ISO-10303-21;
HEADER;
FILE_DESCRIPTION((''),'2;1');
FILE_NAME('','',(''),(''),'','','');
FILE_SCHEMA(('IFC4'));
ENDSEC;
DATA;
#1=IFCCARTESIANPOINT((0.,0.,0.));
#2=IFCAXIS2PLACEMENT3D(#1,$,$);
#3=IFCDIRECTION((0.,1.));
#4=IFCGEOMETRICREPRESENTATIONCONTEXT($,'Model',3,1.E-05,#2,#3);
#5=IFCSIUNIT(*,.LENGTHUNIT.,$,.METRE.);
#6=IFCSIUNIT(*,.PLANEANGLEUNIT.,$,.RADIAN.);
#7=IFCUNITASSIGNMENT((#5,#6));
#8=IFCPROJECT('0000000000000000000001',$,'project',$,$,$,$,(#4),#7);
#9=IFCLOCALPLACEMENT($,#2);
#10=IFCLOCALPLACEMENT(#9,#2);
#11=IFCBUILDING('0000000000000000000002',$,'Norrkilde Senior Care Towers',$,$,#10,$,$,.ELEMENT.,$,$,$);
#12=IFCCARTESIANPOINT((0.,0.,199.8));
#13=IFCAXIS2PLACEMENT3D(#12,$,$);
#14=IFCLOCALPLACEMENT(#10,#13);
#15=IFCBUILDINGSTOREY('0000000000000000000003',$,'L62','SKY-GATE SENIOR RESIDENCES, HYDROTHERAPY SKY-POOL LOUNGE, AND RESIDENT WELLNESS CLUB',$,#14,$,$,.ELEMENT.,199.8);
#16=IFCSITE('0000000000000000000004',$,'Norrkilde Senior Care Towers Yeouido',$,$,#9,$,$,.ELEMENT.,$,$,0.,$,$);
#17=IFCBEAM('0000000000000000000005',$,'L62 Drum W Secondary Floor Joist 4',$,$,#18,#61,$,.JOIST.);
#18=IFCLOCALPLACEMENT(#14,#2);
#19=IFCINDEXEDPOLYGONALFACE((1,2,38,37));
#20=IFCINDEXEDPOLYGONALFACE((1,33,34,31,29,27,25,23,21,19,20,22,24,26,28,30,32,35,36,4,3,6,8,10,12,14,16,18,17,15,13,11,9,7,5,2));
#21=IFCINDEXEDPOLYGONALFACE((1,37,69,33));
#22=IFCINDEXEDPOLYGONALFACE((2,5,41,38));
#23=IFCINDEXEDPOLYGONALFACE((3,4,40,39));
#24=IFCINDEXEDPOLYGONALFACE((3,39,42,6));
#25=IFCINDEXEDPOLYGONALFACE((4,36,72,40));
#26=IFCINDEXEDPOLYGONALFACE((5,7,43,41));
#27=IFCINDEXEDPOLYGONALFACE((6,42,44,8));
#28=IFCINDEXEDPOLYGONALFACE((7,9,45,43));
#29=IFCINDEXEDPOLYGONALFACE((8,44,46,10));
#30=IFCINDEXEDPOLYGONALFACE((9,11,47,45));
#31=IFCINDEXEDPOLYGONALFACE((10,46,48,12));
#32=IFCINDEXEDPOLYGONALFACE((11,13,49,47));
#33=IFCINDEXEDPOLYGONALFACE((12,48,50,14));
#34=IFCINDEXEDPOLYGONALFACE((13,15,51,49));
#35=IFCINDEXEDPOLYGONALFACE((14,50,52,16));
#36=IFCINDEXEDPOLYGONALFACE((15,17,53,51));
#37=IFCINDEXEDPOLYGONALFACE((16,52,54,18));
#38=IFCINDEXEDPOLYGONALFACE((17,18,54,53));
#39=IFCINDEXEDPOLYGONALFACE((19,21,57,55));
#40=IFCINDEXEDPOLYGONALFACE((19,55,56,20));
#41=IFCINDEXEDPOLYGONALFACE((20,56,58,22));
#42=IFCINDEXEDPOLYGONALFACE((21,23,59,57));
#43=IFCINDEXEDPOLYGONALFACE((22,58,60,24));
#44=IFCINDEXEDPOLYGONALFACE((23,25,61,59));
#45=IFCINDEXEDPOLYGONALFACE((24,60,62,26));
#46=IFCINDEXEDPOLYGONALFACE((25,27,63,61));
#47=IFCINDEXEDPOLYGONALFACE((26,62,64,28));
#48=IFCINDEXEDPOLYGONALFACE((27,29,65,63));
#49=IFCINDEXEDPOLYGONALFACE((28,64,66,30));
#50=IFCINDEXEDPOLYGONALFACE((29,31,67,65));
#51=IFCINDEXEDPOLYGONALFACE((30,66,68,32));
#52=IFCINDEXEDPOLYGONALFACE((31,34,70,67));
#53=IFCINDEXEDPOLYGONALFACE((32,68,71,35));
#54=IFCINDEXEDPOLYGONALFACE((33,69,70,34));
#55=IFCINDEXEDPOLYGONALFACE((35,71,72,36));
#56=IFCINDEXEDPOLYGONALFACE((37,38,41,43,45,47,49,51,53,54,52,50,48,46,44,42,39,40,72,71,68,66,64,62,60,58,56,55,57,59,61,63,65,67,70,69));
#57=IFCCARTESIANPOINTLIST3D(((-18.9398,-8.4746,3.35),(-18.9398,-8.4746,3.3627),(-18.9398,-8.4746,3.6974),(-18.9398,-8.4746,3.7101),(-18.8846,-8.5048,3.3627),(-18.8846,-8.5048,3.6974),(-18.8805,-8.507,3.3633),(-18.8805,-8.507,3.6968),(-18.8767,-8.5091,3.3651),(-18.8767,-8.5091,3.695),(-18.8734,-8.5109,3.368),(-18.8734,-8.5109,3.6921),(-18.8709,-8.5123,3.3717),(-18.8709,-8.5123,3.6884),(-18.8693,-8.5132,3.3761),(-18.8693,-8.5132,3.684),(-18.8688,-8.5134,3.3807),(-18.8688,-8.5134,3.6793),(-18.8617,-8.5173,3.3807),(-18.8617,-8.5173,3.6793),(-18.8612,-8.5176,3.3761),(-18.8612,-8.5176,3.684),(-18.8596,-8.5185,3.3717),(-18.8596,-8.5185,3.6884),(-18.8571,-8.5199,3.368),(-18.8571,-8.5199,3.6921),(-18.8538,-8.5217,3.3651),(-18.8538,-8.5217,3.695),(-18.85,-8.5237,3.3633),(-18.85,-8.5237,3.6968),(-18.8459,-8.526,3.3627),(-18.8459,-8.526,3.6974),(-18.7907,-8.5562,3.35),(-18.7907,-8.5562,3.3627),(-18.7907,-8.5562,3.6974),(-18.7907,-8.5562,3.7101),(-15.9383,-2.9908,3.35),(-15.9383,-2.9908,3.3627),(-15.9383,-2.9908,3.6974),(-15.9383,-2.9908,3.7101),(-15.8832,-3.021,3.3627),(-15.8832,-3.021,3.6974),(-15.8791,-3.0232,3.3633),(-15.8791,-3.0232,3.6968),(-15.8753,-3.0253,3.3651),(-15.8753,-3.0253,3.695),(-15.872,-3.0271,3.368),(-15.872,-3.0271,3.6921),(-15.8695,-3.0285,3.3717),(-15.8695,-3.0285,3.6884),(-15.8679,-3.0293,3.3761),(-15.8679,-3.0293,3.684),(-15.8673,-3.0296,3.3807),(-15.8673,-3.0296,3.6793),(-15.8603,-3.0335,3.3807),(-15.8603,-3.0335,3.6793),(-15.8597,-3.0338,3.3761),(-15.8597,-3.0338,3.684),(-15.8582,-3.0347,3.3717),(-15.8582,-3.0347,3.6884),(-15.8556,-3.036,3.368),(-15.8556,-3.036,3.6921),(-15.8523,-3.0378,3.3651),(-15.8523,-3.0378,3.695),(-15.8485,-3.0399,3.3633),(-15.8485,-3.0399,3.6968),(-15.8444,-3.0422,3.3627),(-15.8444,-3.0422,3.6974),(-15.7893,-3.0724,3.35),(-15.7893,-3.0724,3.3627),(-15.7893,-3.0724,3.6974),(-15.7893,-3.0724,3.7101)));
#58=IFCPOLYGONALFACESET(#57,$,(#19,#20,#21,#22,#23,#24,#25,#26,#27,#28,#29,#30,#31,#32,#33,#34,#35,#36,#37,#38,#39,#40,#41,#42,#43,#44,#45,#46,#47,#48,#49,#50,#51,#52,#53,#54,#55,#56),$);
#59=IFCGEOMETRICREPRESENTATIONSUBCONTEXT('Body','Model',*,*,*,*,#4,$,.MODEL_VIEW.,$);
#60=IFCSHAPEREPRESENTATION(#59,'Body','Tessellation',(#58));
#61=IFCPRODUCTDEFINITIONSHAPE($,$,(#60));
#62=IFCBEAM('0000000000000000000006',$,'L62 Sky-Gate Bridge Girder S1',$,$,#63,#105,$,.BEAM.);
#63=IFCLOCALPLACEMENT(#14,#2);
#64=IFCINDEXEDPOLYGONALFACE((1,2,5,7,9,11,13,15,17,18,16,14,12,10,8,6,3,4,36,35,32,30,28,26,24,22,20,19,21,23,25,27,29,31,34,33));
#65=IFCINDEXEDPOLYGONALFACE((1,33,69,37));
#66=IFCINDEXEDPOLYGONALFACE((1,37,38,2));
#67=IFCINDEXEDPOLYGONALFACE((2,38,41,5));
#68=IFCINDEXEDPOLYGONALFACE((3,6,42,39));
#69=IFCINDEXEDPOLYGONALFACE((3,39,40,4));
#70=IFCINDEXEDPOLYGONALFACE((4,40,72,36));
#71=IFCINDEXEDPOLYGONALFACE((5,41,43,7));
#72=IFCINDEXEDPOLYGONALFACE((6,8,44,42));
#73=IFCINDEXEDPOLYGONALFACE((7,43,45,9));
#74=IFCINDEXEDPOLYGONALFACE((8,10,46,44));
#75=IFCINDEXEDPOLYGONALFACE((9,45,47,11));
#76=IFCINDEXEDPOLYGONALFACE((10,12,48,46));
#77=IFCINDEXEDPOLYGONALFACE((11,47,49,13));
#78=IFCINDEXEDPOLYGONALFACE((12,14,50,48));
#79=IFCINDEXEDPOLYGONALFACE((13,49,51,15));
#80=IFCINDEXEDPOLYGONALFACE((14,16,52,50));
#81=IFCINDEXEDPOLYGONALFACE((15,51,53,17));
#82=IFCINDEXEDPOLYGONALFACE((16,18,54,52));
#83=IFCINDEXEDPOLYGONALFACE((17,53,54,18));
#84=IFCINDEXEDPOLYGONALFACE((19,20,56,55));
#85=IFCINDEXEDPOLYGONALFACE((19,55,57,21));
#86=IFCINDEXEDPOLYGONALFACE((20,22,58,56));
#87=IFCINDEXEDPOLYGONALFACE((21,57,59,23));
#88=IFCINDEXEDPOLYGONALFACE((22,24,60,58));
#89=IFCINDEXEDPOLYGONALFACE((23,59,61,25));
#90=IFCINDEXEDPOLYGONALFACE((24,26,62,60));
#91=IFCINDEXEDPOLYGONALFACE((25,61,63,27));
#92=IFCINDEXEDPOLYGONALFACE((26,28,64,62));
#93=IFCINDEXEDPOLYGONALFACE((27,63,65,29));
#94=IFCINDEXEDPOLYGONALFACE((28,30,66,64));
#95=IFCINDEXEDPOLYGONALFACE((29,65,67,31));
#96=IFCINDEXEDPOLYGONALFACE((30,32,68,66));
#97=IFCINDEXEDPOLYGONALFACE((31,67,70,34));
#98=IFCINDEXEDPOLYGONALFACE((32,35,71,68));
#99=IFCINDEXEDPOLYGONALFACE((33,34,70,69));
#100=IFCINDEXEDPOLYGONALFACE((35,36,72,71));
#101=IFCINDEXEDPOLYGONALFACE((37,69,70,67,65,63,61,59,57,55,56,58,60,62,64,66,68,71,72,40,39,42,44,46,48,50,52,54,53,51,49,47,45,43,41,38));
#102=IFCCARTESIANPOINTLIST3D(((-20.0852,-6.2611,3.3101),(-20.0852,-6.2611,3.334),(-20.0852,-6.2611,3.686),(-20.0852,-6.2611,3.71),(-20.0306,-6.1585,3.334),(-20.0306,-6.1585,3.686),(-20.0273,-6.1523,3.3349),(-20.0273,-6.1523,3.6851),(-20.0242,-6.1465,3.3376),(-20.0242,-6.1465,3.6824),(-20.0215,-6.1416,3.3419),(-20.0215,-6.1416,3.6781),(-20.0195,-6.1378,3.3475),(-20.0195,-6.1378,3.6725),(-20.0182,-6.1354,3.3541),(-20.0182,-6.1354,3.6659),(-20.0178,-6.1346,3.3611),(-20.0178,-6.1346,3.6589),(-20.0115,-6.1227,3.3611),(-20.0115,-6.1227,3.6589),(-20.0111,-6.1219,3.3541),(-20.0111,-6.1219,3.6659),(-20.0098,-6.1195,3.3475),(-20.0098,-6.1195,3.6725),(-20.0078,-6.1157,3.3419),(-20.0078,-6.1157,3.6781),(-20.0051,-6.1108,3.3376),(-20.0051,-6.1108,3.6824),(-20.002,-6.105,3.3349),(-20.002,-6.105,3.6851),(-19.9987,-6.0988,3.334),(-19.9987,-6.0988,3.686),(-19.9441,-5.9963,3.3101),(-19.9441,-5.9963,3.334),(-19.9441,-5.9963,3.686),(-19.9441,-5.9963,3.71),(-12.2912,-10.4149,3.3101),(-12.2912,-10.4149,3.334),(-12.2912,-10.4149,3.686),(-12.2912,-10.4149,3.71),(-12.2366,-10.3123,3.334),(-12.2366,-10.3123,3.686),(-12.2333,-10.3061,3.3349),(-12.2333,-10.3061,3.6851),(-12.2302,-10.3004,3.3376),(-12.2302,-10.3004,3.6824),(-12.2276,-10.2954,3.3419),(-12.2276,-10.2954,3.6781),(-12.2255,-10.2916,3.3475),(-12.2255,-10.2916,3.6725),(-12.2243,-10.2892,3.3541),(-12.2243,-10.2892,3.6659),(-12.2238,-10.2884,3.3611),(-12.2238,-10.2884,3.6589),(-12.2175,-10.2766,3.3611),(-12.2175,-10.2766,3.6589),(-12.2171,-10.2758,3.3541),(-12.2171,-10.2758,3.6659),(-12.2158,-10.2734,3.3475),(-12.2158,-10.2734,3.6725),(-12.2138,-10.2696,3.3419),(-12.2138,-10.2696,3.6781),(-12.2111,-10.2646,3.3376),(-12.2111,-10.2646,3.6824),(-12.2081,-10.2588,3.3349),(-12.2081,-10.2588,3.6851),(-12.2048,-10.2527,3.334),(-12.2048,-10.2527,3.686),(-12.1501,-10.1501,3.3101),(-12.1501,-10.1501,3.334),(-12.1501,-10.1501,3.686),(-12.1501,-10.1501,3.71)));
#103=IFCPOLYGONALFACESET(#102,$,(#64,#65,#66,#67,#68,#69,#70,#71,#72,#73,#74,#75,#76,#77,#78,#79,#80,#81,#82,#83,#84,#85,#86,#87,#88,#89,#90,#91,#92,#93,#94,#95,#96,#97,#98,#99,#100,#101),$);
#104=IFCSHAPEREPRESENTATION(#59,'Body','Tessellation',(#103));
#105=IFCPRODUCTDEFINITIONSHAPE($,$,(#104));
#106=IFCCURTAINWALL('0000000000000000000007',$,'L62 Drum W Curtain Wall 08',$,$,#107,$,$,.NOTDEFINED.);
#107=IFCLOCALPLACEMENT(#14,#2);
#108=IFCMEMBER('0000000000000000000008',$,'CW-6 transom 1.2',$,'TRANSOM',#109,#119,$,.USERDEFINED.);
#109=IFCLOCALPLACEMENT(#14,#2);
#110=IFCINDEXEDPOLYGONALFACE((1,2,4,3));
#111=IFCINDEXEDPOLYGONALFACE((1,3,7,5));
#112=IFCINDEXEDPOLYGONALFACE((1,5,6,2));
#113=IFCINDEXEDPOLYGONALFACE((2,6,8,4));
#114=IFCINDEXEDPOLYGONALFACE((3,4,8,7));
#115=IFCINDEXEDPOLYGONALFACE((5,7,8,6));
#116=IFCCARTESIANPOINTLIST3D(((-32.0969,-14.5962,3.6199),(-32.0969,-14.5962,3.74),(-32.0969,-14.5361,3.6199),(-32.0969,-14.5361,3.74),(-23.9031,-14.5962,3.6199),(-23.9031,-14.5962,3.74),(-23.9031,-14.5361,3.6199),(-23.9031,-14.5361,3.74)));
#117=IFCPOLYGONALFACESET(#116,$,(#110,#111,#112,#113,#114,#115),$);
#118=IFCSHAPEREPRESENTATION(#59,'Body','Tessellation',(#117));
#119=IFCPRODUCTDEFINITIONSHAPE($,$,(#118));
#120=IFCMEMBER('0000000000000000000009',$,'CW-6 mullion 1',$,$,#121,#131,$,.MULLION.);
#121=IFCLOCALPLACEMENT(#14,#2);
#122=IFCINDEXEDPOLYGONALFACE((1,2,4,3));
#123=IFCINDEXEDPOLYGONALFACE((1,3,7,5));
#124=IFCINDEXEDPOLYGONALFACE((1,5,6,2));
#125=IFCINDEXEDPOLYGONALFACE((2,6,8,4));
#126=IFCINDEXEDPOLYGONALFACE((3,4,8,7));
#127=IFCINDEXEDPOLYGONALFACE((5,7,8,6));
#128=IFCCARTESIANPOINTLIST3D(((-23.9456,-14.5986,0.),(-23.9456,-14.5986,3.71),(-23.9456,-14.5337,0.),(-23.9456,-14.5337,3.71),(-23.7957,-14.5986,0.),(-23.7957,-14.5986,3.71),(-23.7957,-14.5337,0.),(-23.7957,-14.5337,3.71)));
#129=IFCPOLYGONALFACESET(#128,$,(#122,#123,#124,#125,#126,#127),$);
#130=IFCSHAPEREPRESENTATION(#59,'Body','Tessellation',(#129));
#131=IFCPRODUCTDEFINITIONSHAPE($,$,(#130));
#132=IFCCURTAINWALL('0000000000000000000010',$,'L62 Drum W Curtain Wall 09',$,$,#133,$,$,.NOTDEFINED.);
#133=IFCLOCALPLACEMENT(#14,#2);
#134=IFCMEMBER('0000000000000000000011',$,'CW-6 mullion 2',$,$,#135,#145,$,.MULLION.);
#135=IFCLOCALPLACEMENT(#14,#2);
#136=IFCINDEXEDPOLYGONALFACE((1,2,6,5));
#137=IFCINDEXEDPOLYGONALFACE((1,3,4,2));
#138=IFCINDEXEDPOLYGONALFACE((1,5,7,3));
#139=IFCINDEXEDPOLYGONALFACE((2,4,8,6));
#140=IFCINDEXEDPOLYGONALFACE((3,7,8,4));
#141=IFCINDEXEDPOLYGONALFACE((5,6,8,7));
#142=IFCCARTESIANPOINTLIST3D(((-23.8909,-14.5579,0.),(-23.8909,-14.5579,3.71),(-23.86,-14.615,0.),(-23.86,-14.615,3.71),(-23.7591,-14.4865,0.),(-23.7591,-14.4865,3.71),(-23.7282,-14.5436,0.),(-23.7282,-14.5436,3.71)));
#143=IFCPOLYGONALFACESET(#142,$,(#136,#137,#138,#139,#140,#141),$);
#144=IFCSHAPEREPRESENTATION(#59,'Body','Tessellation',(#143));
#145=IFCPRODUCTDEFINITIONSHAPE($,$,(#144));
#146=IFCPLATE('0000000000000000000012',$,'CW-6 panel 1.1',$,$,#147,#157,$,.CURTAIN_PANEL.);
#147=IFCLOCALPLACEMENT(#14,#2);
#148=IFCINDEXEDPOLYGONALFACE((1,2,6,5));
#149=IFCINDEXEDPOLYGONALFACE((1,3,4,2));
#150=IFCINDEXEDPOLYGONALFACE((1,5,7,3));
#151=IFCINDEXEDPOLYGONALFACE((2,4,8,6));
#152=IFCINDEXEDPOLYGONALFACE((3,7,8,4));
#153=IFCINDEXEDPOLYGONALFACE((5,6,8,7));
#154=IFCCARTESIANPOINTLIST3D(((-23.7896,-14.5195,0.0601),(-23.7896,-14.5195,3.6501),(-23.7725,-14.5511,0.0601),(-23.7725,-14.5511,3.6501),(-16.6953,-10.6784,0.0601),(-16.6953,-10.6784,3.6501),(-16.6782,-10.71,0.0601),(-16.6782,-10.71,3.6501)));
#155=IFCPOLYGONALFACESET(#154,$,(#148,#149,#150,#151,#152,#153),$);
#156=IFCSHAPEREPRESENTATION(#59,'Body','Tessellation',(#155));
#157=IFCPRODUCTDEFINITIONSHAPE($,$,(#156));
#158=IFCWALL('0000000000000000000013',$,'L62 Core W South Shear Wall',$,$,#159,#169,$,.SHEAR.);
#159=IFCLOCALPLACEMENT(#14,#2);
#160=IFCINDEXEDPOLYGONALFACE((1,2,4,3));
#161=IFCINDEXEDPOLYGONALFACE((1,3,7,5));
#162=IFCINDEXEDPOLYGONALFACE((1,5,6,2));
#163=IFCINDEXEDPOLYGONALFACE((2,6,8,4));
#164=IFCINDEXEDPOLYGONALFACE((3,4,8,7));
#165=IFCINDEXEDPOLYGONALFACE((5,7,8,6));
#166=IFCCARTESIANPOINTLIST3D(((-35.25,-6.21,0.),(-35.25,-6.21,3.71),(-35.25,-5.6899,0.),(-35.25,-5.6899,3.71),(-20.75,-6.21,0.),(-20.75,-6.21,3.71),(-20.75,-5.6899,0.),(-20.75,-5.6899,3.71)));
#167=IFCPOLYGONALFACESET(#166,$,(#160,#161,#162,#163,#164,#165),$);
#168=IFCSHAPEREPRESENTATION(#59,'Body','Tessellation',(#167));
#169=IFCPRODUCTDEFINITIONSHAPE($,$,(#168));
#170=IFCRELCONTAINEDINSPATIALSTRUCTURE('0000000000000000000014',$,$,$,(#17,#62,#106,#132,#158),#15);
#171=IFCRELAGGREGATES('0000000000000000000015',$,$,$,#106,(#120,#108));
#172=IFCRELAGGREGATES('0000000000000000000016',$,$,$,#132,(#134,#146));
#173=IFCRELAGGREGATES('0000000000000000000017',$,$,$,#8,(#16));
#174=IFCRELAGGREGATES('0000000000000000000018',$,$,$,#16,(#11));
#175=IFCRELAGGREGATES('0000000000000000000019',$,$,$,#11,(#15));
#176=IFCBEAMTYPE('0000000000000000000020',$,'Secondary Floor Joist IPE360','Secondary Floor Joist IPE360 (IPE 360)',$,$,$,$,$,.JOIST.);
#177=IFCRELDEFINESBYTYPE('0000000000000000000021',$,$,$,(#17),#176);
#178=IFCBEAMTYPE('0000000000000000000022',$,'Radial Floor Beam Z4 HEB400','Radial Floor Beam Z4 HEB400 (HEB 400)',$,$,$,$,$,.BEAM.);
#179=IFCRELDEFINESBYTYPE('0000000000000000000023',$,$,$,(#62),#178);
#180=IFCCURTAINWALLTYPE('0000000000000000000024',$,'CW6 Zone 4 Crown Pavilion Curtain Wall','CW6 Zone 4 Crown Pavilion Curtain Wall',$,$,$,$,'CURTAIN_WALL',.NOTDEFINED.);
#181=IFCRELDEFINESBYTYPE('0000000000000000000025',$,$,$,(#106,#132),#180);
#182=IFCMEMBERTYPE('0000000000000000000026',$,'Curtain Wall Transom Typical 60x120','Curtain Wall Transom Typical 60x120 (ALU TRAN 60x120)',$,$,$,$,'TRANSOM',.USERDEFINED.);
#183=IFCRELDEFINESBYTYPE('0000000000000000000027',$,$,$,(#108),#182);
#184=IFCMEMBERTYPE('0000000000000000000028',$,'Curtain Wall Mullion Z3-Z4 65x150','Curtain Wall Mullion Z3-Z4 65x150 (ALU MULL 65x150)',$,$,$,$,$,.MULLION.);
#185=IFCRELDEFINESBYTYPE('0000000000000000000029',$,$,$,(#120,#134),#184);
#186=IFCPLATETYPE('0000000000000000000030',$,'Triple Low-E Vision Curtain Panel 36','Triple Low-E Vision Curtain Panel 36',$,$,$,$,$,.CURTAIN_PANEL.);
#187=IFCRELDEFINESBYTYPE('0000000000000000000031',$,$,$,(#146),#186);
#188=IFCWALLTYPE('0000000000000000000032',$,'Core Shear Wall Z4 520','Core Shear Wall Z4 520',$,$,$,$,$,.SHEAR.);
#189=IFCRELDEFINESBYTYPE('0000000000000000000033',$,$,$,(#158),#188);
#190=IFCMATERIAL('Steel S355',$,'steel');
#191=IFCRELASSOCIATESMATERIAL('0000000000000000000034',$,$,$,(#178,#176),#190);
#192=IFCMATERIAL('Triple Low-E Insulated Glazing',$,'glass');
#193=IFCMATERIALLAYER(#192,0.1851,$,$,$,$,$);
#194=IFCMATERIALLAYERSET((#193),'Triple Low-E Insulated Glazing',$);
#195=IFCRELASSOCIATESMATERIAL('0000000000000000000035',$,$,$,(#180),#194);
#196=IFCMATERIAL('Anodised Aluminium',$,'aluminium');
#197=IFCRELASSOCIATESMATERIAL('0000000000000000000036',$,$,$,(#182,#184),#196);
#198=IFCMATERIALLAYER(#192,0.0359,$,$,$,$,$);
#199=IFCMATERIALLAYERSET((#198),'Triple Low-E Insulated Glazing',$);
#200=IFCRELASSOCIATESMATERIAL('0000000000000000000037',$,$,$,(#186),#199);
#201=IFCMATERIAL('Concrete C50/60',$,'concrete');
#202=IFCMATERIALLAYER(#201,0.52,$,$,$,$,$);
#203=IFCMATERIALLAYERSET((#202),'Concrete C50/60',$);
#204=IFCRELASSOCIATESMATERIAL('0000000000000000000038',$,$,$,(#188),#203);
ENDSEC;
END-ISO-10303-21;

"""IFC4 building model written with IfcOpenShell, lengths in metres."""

from ifc_helpers import new_model, si_unit, direction, frame, frame_2d, origin, origin_2d, place, context, subcontext, project, spatial, rectangle, i_section, extrude, source, transform, mapped, material, layer, layer_set, material_profile, profile_set, type_object, type_shapes, element, aggregate, save


model = new_model("IFC4")

# Units and contexts
model_context = context("Model", 3, precision=1e-05, world=origin(), true_north=direction((0.0, 1.0)))
body_context = subcontext(model_context, "Body", "Model", "MODEL_VIEW")
ifc_project = project(units=[si_unit("LENGTHUNIT", "METRE"), si_unit("PLANEANGLEUNIT", "RADIAN")], contexts=[model_context])

# Site, building, storey
site_placement = place(None, origin())
site = spatial("IfcSite", under=ifc_project, at=site_placement, Name="Norrkilde Senior Care Towers Yeouido", CompositionType="ELEMENT", RefElevation=0.0)
building_placement = place(site_placement, origin())
building = spatial("IfcBuilding", under=site, at=building_placement, Name="Norrkilde Senior Care Towers", CompositionType="ELEMENT")
storey_placement = place(building_placement, frame((0.0, 0.0, 199.8)))
storey = spatial("IfcBuildingStorey", under=building, at=storey_placement, Name="L62", Description="SKY-GATE SENIOR RESIDENCES, HYDROTHERAPY SKY-POOL LOUNGE, AND RESIDENT WELLNESS CLUB", CompositionType="ELEMENT", Elevation=199.8)

# Beams
ifc_material_1 = material(Name="Steel S355", Category="steel")
ifc_material_profile_1 = material_profile(ifc_material_1, i_section(OverallWidth=0.3, OverallDepth=0.3999, WebThickness=0.0134, FlangeThickness=0.0239, FilletRadius=0.0271, at=origin_2d()), Name="HEB 400")
ifc_profile_set_1 = profile_set([ifc_material_profile_1], Name="Steel S355")
beam_type_1 = type_object("IfcBeamType", Name="Radial Floor Beam Z4 HEB400", Description="Radial Floor Beam Z4 HEB400 (HEB 400)", PredefinedType="BEAM", material=ifc_profile_set_1)
ifc_material_profile_2 = material_profile(ifc_material_1, i_section(OverallWidth=0.1699, OverallDepth=0.3601, WebThickness=0.0081, FlangeThickness=0.0127, FilletRadius=0.0181, at=origin_2d()), Name="IPE 360")
ifc_profile_set_2 = profile_set([ifc_material_profile_2], Name="Steel S355")
beam_type_2 = type_object("IfcBeamType", Name="Secondary Floor Joist IPE360", Description="Secondary Floor Joist IPE360 (IPE 360)", PredefinedType="JOIST", material=ifc_profile_set_2)
shared_shape_1 = source(origin(), body_context, "Body", "SweptSolid", [
    extrude(i_section(OverallWidth=0.1699, OverallDepth=0.3601, WebThickness=0.0081, FlangeThickness=0.0127, FilletRadius=0.0181, at=origin_2d()), origin(), (0.0, 0.0, 1.0), 6.2515),
])
type_shapes(beam_type_2, [shared_shape_1])
beam_1_placement = place(storey_placement, frame((-18.8652, -8.5154, 3.53), z_axis=(0.480116, 0.877205, 0.0), x_axis=(-0.877205, 0.480116, 0.0)))
element("IfcBeam", 1, at=beam_1_placement, inside=storey, type_object=beam_type_2, Name="L62 Drum W Secondary Floor Joist 4", PredefinedType="JOIST", context=body_context, shape_type="MappedRepresentation", body=[
    mapped(shared_shape_1, transform((0.0, 0.0, 0.0), x_axis=(1.0, 0.0, 0.0), y_axis=(0.0, 1.0, 0.0), z_axis=(0.0, 0.0, 1.0), scale=1.0)),
])
shared_shape_2 = source(origin(), body_context, "Body", "SweptSolid", [
    extrude(i_section(OverallWidth=0.3, OverallDepth=0.3999, WebThickness=0.0134, FlangeThickness=0.0239, FilletRadius=0.0271, at=origin_2d()), origin(), (0.0, 0.0, 1.0), 8.8318),
])
beam_2_placement = place(storey_placement, frame((-20.0146, -6.1287, 3.51), z_axis=(0.882492, -0.470327, 0.0), x_axis=(0.470327, 0.882492, 0.0)))
element("IfcBeam", 2, at=beam_2_placement, inside=storey, type_object=beam_type_1, Name="L62 Sky-Gate Bridge Girder S1", PredefinedType="BEAM", context=body_context, shape_type="MappedRepresentation", body=[
    mapped(shared_shape_2, transform((0.0, 0.0, 0.0), x_axis=(1.0, 0.0, 0.0), y_axis=(0.0, 1.0, 0.0), z_axis=(0.0, 0.0, 1.0), scale=1.0)),
])

# Curtain wall, members
ifc_material_2 = material(Name="Triple Low-E Insulated Glazing", Category="glass")
ifc_layer_1 = layer(ifc_material_2, 0.1851)
ifc_layer_set_1 = layer_set([ifc_layer_1], Name="Triple Low-E Insulated Glazing")
curtain_wall_type = type_object("IfcCurtainWallType", Name="CW6 Zone 4 Crown Pavilion Curtain Wall", Description="CW6 Zone 4 Crown Pavilion Curtain Wall", ElementType="CURTAIN_WALL", PredefinedType="NOTDEFINED", material=ifc_layer_set_1)
curtain_wall_1_placement = place(storey_placement, origin())
curtain_wall_1 = element("IfcCurtainWall", 3, at=curtain_wall_1_placement, inside=storey, type_object=curtain_wall_type, Name="L62 Drum W Curtain Wall 08", PredefinedType="NOTDEFINED")
ifc_material_3 = material(Name="Anodised Aluminium", Category="aluminium")
ifc_material_profile_3 = material_profile(ifc_material_3, rectangle(XDim=0.0601, YDim=0.1201, at=origin_2d()), Name="ALU TRAN 60x120")
ifc_profile_set_3 = profile_set([ifc_material_profile_3], Name="Anodised Aluminium")
member_type_1 = type_object("IfcMemberType", Name="Curtain Wall Transom Typical 60x120", Description="Curtain Wall Transom Typical 60x120 (ALU TRAN 60x120)", ElementType="TRANSOM", PredefinedType="USERDEFINED", material=ifc_profile_set_3)
shared_shape_3 = source(origin(), body_context, "Body", "SweptSolid", [
    extrude(rectangle(XDim=0.0601, YDim=0.1201, at=origin_2d()), origin(), (0.0, 0.0, 1.0), 8.1938),
])
type_shapes(member_type_1, [shared_shape_3])
member_1_placement = place(storey_placement, frame((-23.9031, -14.5662, 3.6799), z_axis=(-1.0, 0.0, 0.0), x_axis=(0.0, -1.0, 0.0)))
member_1 = element("IfcMember", 4, at=member_1_placement, type_object=member_type_1, Name="CW-6 transom 1.2", ObjectType="TRANSOM", PredefinedType="USERDEFINED", context=body_context, shape_type="MappedRepresentation", body=[
    mapped(shared_shape_3, transform((0.0, 0.0, 0.0), x_axis=(1.0, 0.0, 0.0), y_axis=(0.0, 1.0, 0.0), z_axis=(0.0, 0.0, 1.0), scale=1.0)),
])
ifc_material_profile_4 = material_profile(ifc_material_3, rectangle(XDim=0.0649, YDim=0.1499, at=origin_2d()), Name="ALU MULL 65x150")
ifc_profile_set_4 = profile_set([ifc_material_profile_4], Name="Anodised Aluminium")
member_type_2 = type_object("IfcMemberType", Name="Curtain Wall Mullion Z3-Z4 65x150", Description="Curtain Wall Mullion Z3-Z4 65x150 (ALU MULL 65x150)", PredefinedType="MULLION", material=ifc_profile_set_4)
shared_shape_4 = source(origin(), body_context, "Body", "SweptSolid", [
    extrude(rectangle(XDim=0.0649, YDim=0.1499, at=origin_2d()), origin(), (0.0, 0.0, 1.0), 3.71),
])
type_shapes(member_type_2, [shared_shape_4])
member_2_placement = place(storey_placement, frame((-23.8706, -14.5662, 0.0), z_axis=(0.0, 0.0, 1.0), x_axis=(0.0, -1.0, 0.0)))
member_2 = element("IfcMember", 5, at=member_2_placement, type_object=member_type_2, Name="CW-6 mullion 1", PredefinedType="MULLION", context=body_context, shape_type="MappedRepresentation", body=[
    mapped(shared_shape_4, transform((0.0, 0.0, 0.0), x_axis=(1.0, 0.0, 0.0), y_axis=(0.0, 1.0, 0.0), z_axis=(0.0, 0.0, 1.0), scale=1.0)),
])
aggregate(curtain_wall_1, [member_2, member_1])

# Curtain wall, member, plate
curtain_wall_2_placement = place(storey_placement, origin())
curtain_wall_2 = element("IfcCurtainWall", 6, at=curtain_wall_2_placement, inside=storey, type_object=curtain_wall_type, Name="L62 Drum W Curtain Wall 09", PredefinedType="NOTDEFINED")
member_3_placement = place(storey_placement, frame((-23.8096, -14.5508, 0.0), z_axis=(0.0, 0.0, 1.0), x_axis=(0.476133, -0.879373, 0.0)))
member_3 = element("IfcMember", 7, at=member_3_placement, type_object=member_type_2, Name="CW-6 mullion 2", PredefinedType="MULLION", context=body_context, shape_type="MappedRepresentation", body=[
    mapped(shared_shape_4, transform((0.0, 0.0, 0.0), x_axis=(1.0, 0.0, 0.0), y_axis=(0.0, 1.0, 0.0), z_axis=(0.0, 0.0, 1.0), scale=1.0)),
])
ifc_layer_2 = layer(ifc_material_2, 0.0359)
ifc_layer_set_2 = layer_set([ifc_layer_2], Name="Triple Low-E Insulated Glazing")
plate_type = type_object("IfcPlateType", Name="Triple Low-E Vision Curtain Panel 36", Description="Triple Low-E Vision Curtain Panel 36", PredefinedType="CURTAIN_PANEL", material=ifc_layer_set_2)
shared_shape_5 = source(origin(), body_context, "Body", "SweptSolid", [
    extrude(rectangle(XDim=8.0674, YDim=0.0359, at=origin_2d()), origin(), (0.0, 0.0, 1.0), 3.5901),
])
type_shapes(plate_type, [shared_shape_5])
plate_placement = place(storey_placement, frame((-20.2339, -12.6147, 0.0601), z_axis=(0.0, 0.0, 1.0), x_axis=(-0.879373, -0.476133, 0.0)))
plate = element("IfcPlate", 8, at=plate_placement, type_object=plate_type, Name="CW-6 panel 1.1", PredefinedType="CURTAIN_PANEL", context=body_context, shape_type="MappedRepresentation", body=[
    mapped(shared_shape_5, transform((0.0, 0.0, 0.0), x_axis=(1.0, 0.0, 0.0), y_axis=(0.0, 1.0, 0.0), z_axis=(0.0, 0.0, 1.0), scale=1.0)),
])
aggregate(curtain_wall_2, [member_3, plate])

# Wall
ifc_material_4 = material(Name="Concrete C50/60", Category="concrete")
ifc_layer_3 = layer(ifc_material_4, 0.52)
ifc_layer_set_3 = layer_set([ifc_layer_3], Name="Concrete C50/60")
wall_type_1 = type_object("IfcWallType", Name="Core Shear Wall Z4 520", Description="Core Shear Wall Z4 520", PredefinedType="SHEAR", material=ifc_layer_set_3)
shared_shape_6 = source(origin(), body_context, "Body", "SweptSolid", [
    extrude(rectangle(XDim=14.5, YDim=0.52, at=frame_2d((7.25, 0.0))), origin(), (0.0, 0.0, 1.0), 3.71),
])
type_shapes(wall_type_1, [shared_shape_6])
wall_1_placement = place(storey_placement, frame((-20.75, -5.95, 0.0), z_axis=(0.0, 0.0, 1.0), x_axis=(-1.0, 0.0, 0.0)))
element("IfcWall", 9, at=wall_1_placement, inside=storey, type_object=wall_type_1, Name="L62 Core W South Shear Wall", PredefinedType="SHEAR", context=body_context, shape_type="MappedRepresentation", body=[
    mapped(shared_shape_6, transform((0.0, 0.0, 0.0), x_axis=(1.0, 0.0, 0.0), y_axis=(0.0, 1.0, 0.0), z_axis=(0.0, 0.0, 1.0), scale=1.0)),
])

save(model, "model.ifc")
